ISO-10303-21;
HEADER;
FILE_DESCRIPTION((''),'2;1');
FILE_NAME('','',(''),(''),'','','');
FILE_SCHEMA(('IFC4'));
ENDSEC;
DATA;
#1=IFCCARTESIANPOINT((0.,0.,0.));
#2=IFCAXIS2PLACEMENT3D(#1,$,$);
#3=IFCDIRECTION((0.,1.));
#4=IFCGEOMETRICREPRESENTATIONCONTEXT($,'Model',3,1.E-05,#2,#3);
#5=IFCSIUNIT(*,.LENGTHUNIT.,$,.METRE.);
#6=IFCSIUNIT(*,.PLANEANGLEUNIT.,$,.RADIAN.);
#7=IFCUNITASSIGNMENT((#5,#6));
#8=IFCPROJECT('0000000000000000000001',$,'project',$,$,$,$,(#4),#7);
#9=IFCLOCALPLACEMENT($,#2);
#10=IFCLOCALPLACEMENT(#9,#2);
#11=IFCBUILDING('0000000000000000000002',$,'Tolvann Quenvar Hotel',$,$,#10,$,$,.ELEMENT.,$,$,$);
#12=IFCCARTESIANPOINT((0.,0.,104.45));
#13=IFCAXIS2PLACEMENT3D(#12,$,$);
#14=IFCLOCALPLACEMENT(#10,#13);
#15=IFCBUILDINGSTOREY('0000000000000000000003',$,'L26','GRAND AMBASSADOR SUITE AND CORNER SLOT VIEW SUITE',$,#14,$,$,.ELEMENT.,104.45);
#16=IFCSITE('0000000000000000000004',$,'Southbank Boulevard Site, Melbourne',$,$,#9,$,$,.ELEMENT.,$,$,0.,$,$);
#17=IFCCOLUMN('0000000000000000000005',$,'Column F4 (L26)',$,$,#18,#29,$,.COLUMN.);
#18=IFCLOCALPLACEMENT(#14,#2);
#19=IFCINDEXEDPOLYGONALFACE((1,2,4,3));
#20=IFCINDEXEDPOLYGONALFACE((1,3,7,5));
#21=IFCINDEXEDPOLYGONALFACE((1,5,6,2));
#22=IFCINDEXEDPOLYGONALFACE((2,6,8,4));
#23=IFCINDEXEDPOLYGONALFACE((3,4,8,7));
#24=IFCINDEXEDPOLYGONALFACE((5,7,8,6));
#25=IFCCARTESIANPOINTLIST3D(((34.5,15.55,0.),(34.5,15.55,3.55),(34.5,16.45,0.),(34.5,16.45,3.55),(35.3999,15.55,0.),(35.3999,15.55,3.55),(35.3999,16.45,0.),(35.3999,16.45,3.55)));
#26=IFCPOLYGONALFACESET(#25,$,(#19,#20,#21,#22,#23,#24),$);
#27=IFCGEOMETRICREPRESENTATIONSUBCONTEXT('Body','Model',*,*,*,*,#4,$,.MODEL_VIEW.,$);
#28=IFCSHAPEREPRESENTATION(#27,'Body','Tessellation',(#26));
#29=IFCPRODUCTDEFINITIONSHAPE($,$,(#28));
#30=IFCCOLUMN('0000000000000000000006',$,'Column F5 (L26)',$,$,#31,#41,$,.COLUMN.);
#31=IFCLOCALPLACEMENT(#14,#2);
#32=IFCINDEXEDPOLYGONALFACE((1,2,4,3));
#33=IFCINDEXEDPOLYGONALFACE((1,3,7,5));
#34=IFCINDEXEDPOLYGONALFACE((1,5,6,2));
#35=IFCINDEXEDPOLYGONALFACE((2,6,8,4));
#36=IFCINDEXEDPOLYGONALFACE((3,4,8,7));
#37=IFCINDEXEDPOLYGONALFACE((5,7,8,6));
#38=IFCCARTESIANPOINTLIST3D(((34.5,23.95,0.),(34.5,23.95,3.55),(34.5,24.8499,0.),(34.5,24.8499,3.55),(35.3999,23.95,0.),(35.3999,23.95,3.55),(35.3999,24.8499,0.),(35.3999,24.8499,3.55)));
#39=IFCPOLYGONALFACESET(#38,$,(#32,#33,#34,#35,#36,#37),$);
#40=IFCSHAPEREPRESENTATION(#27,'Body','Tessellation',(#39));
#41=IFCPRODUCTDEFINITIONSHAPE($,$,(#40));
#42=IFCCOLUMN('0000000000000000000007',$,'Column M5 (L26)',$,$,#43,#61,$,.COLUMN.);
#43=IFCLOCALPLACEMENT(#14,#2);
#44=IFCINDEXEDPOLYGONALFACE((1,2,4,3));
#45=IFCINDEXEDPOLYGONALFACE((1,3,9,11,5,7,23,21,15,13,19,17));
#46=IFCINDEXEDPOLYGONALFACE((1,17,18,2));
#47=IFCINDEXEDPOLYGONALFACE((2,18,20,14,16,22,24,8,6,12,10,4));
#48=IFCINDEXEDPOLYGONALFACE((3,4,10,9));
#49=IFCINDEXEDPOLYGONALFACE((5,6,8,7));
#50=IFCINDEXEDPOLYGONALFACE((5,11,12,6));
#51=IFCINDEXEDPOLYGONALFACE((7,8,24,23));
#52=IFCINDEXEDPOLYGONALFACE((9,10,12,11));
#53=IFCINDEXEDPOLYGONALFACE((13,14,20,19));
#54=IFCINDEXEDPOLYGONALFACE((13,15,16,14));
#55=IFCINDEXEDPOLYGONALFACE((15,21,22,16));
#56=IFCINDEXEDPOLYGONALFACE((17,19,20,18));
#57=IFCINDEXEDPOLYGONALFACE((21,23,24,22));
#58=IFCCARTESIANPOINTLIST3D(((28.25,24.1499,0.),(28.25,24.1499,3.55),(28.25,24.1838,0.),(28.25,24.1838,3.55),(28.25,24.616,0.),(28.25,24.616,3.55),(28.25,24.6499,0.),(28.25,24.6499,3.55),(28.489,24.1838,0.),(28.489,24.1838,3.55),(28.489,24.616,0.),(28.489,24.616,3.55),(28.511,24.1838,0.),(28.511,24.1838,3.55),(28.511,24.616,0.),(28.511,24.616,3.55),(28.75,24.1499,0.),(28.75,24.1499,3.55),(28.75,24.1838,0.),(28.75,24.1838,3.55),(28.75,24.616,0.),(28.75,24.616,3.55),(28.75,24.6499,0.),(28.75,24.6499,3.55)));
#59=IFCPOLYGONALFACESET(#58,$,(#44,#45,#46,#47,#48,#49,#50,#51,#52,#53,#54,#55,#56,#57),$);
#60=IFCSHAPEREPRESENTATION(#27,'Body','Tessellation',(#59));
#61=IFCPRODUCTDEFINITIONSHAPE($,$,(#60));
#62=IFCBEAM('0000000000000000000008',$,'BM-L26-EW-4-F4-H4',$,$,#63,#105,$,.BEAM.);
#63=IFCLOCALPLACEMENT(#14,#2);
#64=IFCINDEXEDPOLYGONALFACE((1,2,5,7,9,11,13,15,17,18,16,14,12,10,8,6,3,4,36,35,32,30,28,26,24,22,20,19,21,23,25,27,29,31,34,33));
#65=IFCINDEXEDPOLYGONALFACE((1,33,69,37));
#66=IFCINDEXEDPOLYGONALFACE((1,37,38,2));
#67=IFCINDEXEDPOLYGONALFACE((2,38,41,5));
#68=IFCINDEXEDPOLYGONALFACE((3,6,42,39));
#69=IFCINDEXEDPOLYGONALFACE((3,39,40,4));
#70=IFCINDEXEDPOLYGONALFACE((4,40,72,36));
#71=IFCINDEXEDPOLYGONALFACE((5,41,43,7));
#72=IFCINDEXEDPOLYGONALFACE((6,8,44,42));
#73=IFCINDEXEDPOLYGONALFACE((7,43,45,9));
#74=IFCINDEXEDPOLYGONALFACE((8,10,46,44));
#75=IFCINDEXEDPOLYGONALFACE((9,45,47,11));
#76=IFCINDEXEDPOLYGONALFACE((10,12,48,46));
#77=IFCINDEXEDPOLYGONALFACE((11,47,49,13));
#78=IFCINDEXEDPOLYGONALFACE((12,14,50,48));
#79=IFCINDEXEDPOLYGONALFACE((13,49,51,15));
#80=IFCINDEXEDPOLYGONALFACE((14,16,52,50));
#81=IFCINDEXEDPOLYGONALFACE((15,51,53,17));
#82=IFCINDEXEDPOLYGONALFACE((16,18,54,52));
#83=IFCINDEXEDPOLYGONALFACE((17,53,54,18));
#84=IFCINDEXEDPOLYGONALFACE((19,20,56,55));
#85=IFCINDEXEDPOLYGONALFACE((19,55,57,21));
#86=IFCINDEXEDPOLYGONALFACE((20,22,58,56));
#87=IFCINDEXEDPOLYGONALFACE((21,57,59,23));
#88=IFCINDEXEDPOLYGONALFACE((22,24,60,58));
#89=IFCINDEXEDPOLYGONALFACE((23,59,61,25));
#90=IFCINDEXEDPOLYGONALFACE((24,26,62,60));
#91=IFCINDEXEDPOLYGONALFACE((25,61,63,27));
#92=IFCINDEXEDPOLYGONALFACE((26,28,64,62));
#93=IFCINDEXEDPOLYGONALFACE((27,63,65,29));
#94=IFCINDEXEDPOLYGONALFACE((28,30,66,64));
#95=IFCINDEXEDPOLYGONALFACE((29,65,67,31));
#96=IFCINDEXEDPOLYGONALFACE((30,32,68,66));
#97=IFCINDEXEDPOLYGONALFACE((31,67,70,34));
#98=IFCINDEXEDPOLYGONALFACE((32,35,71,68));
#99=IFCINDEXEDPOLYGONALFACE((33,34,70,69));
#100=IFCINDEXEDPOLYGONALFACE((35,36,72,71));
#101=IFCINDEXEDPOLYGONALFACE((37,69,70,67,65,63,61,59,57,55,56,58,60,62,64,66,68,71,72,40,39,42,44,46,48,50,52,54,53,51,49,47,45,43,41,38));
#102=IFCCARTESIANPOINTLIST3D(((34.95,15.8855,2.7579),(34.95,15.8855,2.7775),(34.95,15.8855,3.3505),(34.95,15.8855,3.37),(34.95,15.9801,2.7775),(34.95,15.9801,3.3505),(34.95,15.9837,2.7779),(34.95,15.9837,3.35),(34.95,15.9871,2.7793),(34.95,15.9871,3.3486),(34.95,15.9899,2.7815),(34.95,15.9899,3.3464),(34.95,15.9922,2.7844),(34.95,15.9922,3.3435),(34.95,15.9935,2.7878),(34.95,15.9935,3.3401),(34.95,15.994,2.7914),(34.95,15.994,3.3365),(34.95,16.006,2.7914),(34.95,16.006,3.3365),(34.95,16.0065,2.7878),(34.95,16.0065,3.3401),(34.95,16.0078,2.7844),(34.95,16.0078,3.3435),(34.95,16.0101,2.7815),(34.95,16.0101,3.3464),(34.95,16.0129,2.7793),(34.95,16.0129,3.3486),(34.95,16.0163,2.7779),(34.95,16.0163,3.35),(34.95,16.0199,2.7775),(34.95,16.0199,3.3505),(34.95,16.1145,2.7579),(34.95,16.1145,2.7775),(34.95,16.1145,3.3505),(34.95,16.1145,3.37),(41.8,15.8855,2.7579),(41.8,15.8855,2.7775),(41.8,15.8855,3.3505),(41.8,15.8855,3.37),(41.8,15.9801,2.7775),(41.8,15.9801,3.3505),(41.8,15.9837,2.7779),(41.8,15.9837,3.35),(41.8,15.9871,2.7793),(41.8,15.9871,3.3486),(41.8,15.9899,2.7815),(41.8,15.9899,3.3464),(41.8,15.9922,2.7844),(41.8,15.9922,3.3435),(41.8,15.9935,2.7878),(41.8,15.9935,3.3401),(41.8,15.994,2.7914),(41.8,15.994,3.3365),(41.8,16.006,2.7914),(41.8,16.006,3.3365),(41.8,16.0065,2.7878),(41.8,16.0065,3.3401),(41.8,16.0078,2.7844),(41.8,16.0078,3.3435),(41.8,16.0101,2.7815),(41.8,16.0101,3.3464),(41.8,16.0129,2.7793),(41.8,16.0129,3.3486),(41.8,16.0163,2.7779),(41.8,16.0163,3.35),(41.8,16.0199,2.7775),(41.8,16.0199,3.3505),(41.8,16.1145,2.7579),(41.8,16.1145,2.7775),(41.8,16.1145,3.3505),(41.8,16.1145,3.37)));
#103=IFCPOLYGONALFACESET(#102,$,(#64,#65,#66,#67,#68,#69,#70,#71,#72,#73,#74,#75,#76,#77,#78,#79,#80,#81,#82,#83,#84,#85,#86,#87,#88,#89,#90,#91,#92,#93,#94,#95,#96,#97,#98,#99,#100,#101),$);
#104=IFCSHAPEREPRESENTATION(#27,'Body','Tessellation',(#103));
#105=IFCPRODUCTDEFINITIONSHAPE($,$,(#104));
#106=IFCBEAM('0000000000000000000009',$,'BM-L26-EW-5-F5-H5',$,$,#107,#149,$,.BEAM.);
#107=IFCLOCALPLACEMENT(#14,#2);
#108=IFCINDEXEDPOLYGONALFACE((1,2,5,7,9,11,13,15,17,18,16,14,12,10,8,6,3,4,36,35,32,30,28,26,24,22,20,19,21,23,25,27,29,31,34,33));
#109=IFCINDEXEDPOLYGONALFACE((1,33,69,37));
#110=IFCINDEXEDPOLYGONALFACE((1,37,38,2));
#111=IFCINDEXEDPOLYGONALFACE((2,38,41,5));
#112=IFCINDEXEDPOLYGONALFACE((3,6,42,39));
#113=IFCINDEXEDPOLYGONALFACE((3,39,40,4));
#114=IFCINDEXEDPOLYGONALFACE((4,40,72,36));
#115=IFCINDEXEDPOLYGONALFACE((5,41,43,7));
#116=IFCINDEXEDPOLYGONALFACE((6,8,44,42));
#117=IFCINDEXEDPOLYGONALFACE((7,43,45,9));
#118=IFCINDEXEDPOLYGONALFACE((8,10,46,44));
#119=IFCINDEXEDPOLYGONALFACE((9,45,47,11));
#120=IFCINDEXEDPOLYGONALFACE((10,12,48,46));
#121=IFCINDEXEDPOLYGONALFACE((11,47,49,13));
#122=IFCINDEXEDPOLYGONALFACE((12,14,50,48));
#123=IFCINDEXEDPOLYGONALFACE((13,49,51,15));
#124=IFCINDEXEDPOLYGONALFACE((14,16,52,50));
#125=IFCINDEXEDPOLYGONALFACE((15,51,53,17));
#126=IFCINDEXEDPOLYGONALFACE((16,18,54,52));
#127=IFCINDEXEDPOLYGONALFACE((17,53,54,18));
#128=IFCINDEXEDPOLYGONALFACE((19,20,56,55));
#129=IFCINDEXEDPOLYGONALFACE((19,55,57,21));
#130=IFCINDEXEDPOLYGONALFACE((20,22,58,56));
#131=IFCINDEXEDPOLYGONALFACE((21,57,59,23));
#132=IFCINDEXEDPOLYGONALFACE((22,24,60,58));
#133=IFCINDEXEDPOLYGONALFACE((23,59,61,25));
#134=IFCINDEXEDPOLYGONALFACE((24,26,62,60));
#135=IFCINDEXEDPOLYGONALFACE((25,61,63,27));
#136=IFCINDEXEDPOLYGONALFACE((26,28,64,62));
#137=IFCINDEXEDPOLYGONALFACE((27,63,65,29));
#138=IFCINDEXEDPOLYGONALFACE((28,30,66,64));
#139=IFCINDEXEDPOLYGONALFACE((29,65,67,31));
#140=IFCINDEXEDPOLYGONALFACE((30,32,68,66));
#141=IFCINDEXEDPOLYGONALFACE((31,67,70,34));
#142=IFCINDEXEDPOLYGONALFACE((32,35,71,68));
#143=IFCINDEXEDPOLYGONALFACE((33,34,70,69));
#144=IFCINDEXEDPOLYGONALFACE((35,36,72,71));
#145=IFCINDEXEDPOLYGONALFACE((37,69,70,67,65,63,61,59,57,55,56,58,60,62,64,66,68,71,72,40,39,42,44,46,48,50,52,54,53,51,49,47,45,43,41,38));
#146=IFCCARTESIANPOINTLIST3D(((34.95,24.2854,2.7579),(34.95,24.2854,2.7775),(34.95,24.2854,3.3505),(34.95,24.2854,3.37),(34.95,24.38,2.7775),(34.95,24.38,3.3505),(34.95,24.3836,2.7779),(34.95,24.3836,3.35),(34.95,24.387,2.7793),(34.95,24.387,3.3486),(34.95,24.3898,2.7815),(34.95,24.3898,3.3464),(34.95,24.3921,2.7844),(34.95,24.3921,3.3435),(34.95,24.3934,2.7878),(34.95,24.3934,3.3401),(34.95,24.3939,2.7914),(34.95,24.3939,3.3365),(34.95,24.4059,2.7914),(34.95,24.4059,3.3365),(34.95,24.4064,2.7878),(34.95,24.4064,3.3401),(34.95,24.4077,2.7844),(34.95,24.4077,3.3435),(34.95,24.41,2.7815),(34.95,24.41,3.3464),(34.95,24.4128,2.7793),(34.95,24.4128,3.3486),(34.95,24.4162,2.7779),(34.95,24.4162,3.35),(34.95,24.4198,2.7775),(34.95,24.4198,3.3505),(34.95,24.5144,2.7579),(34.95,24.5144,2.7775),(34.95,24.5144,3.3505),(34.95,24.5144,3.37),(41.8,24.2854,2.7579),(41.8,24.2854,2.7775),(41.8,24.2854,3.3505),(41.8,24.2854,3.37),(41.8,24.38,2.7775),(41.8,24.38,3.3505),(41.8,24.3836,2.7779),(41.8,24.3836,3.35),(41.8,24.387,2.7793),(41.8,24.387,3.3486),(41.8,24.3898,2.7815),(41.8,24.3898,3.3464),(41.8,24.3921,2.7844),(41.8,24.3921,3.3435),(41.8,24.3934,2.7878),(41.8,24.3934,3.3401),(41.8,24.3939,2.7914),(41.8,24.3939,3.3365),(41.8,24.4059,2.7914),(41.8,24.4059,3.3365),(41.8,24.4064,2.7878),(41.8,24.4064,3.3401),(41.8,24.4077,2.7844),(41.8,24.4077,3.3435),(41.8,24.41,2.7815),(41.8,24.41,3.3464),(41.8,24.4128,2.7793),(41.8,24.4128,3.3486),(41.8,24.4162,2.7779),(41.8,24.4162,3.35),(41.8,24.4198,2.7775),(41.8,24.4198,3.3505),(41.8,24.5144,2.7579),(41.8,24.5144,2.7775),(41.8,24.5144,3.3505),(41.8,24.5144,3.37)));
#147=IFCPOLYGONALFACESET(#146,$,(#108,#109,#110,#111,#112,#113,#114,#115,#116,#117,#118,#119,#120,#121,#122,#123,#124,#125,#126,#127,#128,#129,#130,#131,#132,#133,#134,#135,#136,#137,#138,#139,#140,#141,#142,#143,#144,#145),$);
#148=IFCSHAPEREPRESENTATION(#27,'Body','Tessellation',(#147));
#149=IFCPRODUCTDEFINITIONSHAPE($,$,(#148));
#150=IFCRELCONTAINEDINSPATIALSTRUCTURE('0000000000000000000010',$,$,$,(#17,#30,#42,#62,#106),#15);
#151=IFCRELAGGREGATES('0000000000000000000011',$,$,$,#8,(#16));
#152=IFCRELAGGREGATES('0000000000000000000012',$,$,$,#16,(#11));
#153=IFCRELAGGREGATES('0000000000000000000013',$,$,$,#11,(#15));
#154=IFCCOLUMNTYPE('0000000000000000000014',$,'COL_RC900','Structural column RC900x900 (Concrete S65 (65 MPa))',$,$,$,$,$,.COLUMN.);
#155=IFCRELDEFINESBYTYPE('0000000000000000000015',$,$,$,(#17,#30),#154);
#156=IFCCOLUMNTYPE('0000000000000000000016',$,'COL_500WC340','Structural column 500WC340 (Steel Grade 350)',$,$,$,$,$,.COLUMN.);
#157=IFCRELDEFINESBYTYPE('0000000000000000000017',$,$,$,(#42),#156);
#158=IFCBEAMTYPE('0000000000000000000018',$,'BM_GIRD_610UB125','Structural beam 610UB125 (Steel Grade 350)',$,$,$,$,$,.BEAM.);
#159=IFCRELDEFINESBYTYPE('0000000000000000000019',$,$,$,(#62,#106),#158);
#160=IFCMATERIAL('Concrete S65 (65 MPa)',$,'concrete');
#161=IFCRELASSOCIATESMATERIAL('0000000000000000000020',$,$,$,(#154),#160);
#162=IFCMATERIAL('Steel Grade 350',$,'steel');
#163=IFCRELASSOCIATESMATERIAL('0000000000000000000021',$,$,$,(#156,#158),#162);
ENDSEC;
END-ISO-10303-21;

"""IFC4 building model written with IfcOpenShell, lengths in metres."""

from ifc_helpers import new_model, si_unit, direction, frame, origin, origin_2d, place, context, subcontext, project, spatial, rectangle, i_section, extrude, source, transform, mapped, material, material_profile, profile_set, type_object, type_shapes, element, save


model = new_model("IFC4")

# Units and contexts
model_context = context("Model", 3, precision=1e-05, world=origin(), true_north=direction((0.0, 1.0)))
body_context = subcontext(model_context, "Body", "Model", "MODEL_VIEW")
ifc_project = project(units=[si_unit("LENGTHUNIT", "METRE"), si_unit("PLANEANGLEUNIT", "RADIAN")], contexts=[model_context])

# Site, building, storey
site_placement = place(None, origin())
site = spatial("IfcSite", under=ifc_project, at=site_placement, Name="Southbank Boulevard Site, Melbourne", CompositionType="ELEMENT", RefElevation=0.0)
building_placement = place(site_placement, origin())
building = spatial("IfcBuilding", under=site, at=building_placement, Name="Tolvann Quenvar Hotel", CompositionType="ELEMENT")
storey_placement = place(building_placement, frame((0.0, 0.0, 104.45)))
storey = spatial("IfcBuildingStorey", under=building, at=storey_placement, Name="L26", Description="GRAND AMBASSADOR SUITE AND CORNER SLOT VIEW SUITE", CompositionType="ELEMENT", Elevation=104.45)

# Columns
ifc_material_1 = material(Name="Concrete S65 (65 MPa)", Category="concrete")
ifc_material_profile_1 = material_profile(ifc_material_1, rectangle(XDim=0.8999, YDim=0.8999, at=origin_2d()), Name="RC900x900")
ifc_profile_set_1 = profile_set([ifc_material_profile_1], Name="Concrete S65 (65 MPa)")
column_type_1 = type_object("IfcColumnType", Name="COL_RC900", Description="Structural column RC900x900 (Concrete S65 (65 MPa))", PredefinedType="COLUMN", material=ifc_profile_set_1)
shared_shape_1 = source(origin(), body_context, "Body", "SweptSolid", [
    extrude(rectangle(XDim=0.8999, YDim=0.8999, at=origin_2d()), origin(), (0.0, 0.0, 1.0), 3.55),
])
type_shapes(column_type_1, [shared_shape_1])
for number, where, z_axis, x_axis, name in (
    (1, (34.95, 16.0, 0.0), (0.0, 0.0, 1.0), (1.0, 0.0, 0.0), "Column F4 (L26)"),
    (2, (34.95, 24.3999, 0.0), (0.0, 0.0, 1.0), (1.0, 0.0, 0.0), "Column F5 (L26)"),
):
    element("IfcColumn", number, at=place(storey_placement, frame(where, z_axis=z_axis, x_axis=x_axis)), inside=storey, type_object=column_type_1, Name=name, PredefinedType="COLUMN", context=body_context, shape_type="MappedRepresentation", body=[
        mapped(shared_shape_1, transform((0.0, 0.0, 0.0), x_axis=(1.0, 0.0, 0.0), y_axis=(0.0, 1.0, 0.0), z_axis=(0.0, 0.0, 1.0), scale=1.0)),
    ])
ifc_material_2 = material(Name="Steel Grade 350", Category="steel")
ifc_material_profile_2 = material_profile(ifc_material_2, i_section(OverallWidth=0.5, OverallDepth=0.5, WebThickness=0.022, FlangeThickness=0.0339, at=origin_2d()), Name="500WC340")
ifc_profile_set_2 = profile_set([ifc_material_profile_2], Name="Steel Grade 350")
column_type_2 = type_object("IfcColumnType", Name="COL_500WC340", Description="Structural column 500WC340 (Steel Grade 350)", PredefinedType="COLUMN", material=ifc_profile_set_2)
shared_shape_2 = source(origin(), body_context, "Body", "SweptSolid", [
    extrude(i_section(OverallWidth=0.5, OverallDepth=0.5, WebThickness=0.022, FlangeThickness=0.0339, at=origin_2d()), origin(), (0.0, 0.0, 1.0), 3.55),
])
type_shapes(column_type_2, [shared_shape_2])
column_placement = place(storey_placement, frame((28.5, 24.3999, 0.0), z_axis=(0.0, 0.0, 1.0), x_axis=(1.0, 0.0, 0.0)))
element("IfcColumn", 3, at=column_placement, inside=storey, type_object=column_type_2, Name="Column M5 (L26)", PredefinedType="COLUMN", context=body_context, shape_type="MappedRepresentation", body=[
    mapped(shared_shape_2, transform((0.0, 0.0, 0.0), x_axis=(1.0, 0.0, 0.0), y_axis=(0.0, 1.0, 0.0), z_axis=(0.0, 0.0, 1.0), scale=1.0)),
])

# Beams
ifc_material_profile_3 = material_profile(ifc_material_2, i_section(OverallWidth=0.229, OverallDepth=0.6121, WebThickness=0.012, FlangeThickness=0.0195, FilletRadius=0.0139, at=origin_2d()), Name="610UB125")
ifc_profile_set_3 = profile_set([ifc_material_profile_3], Name="Steel Grade 350")
beam_type_1 = type_object("IfcBeamType", Name="BM_GIRD_610UB125", Description="Structural beam 610UB125 (Steel Grade 350)", PredefinedType="BEAM", material=ifc_profile_set_3)
shared_shape_3 = source(origin(), body_context, "Body", "SweptSolid", [
    extrude(i_section(OverallWidth=0.229, OverallDepth=0.6121, WebThickness=0.012, FlangeThickness=0.0195, FilletRadius=0.0139, at=origin_2d()), origin(), (0.0, 0.0, 1.0), 6.8501),
])
for number, where, z_axis, x_axis, name in (
    (4, (34.95, 16.0, 3.064), (1.0, 0.0, 0.0), (0.0, 1.0, 0.0), "BM-L26-EW-4-F4-H4"),
    (5, (34.95, 24.3999, 3.064), (1.0, 0.0, 0.0), (0.0, 1.0, 0.0), "BM-L26-EW-5-F5-H5"),
):
    element("IfcBeam", number, at=place(storey_placement, frame(where, z_axis=z_axis, x_axis=x_axis)), inside=storey, type_object=beam_type_1, Name=name, PredefinedType="BEAM", context=body_context, shape_type="MappedRepresentation", body=[
        mapped(shared_shape_3, transform((0.0, 0.0, 0.0), x_axis=(1.0, 0.0, 0.0), y_axis=(0.0, 1.0, 0.0), z_axis=(0.0, 0.0, 1.0), scale=1.0)),
    ])

save(model, "model.ifc")
